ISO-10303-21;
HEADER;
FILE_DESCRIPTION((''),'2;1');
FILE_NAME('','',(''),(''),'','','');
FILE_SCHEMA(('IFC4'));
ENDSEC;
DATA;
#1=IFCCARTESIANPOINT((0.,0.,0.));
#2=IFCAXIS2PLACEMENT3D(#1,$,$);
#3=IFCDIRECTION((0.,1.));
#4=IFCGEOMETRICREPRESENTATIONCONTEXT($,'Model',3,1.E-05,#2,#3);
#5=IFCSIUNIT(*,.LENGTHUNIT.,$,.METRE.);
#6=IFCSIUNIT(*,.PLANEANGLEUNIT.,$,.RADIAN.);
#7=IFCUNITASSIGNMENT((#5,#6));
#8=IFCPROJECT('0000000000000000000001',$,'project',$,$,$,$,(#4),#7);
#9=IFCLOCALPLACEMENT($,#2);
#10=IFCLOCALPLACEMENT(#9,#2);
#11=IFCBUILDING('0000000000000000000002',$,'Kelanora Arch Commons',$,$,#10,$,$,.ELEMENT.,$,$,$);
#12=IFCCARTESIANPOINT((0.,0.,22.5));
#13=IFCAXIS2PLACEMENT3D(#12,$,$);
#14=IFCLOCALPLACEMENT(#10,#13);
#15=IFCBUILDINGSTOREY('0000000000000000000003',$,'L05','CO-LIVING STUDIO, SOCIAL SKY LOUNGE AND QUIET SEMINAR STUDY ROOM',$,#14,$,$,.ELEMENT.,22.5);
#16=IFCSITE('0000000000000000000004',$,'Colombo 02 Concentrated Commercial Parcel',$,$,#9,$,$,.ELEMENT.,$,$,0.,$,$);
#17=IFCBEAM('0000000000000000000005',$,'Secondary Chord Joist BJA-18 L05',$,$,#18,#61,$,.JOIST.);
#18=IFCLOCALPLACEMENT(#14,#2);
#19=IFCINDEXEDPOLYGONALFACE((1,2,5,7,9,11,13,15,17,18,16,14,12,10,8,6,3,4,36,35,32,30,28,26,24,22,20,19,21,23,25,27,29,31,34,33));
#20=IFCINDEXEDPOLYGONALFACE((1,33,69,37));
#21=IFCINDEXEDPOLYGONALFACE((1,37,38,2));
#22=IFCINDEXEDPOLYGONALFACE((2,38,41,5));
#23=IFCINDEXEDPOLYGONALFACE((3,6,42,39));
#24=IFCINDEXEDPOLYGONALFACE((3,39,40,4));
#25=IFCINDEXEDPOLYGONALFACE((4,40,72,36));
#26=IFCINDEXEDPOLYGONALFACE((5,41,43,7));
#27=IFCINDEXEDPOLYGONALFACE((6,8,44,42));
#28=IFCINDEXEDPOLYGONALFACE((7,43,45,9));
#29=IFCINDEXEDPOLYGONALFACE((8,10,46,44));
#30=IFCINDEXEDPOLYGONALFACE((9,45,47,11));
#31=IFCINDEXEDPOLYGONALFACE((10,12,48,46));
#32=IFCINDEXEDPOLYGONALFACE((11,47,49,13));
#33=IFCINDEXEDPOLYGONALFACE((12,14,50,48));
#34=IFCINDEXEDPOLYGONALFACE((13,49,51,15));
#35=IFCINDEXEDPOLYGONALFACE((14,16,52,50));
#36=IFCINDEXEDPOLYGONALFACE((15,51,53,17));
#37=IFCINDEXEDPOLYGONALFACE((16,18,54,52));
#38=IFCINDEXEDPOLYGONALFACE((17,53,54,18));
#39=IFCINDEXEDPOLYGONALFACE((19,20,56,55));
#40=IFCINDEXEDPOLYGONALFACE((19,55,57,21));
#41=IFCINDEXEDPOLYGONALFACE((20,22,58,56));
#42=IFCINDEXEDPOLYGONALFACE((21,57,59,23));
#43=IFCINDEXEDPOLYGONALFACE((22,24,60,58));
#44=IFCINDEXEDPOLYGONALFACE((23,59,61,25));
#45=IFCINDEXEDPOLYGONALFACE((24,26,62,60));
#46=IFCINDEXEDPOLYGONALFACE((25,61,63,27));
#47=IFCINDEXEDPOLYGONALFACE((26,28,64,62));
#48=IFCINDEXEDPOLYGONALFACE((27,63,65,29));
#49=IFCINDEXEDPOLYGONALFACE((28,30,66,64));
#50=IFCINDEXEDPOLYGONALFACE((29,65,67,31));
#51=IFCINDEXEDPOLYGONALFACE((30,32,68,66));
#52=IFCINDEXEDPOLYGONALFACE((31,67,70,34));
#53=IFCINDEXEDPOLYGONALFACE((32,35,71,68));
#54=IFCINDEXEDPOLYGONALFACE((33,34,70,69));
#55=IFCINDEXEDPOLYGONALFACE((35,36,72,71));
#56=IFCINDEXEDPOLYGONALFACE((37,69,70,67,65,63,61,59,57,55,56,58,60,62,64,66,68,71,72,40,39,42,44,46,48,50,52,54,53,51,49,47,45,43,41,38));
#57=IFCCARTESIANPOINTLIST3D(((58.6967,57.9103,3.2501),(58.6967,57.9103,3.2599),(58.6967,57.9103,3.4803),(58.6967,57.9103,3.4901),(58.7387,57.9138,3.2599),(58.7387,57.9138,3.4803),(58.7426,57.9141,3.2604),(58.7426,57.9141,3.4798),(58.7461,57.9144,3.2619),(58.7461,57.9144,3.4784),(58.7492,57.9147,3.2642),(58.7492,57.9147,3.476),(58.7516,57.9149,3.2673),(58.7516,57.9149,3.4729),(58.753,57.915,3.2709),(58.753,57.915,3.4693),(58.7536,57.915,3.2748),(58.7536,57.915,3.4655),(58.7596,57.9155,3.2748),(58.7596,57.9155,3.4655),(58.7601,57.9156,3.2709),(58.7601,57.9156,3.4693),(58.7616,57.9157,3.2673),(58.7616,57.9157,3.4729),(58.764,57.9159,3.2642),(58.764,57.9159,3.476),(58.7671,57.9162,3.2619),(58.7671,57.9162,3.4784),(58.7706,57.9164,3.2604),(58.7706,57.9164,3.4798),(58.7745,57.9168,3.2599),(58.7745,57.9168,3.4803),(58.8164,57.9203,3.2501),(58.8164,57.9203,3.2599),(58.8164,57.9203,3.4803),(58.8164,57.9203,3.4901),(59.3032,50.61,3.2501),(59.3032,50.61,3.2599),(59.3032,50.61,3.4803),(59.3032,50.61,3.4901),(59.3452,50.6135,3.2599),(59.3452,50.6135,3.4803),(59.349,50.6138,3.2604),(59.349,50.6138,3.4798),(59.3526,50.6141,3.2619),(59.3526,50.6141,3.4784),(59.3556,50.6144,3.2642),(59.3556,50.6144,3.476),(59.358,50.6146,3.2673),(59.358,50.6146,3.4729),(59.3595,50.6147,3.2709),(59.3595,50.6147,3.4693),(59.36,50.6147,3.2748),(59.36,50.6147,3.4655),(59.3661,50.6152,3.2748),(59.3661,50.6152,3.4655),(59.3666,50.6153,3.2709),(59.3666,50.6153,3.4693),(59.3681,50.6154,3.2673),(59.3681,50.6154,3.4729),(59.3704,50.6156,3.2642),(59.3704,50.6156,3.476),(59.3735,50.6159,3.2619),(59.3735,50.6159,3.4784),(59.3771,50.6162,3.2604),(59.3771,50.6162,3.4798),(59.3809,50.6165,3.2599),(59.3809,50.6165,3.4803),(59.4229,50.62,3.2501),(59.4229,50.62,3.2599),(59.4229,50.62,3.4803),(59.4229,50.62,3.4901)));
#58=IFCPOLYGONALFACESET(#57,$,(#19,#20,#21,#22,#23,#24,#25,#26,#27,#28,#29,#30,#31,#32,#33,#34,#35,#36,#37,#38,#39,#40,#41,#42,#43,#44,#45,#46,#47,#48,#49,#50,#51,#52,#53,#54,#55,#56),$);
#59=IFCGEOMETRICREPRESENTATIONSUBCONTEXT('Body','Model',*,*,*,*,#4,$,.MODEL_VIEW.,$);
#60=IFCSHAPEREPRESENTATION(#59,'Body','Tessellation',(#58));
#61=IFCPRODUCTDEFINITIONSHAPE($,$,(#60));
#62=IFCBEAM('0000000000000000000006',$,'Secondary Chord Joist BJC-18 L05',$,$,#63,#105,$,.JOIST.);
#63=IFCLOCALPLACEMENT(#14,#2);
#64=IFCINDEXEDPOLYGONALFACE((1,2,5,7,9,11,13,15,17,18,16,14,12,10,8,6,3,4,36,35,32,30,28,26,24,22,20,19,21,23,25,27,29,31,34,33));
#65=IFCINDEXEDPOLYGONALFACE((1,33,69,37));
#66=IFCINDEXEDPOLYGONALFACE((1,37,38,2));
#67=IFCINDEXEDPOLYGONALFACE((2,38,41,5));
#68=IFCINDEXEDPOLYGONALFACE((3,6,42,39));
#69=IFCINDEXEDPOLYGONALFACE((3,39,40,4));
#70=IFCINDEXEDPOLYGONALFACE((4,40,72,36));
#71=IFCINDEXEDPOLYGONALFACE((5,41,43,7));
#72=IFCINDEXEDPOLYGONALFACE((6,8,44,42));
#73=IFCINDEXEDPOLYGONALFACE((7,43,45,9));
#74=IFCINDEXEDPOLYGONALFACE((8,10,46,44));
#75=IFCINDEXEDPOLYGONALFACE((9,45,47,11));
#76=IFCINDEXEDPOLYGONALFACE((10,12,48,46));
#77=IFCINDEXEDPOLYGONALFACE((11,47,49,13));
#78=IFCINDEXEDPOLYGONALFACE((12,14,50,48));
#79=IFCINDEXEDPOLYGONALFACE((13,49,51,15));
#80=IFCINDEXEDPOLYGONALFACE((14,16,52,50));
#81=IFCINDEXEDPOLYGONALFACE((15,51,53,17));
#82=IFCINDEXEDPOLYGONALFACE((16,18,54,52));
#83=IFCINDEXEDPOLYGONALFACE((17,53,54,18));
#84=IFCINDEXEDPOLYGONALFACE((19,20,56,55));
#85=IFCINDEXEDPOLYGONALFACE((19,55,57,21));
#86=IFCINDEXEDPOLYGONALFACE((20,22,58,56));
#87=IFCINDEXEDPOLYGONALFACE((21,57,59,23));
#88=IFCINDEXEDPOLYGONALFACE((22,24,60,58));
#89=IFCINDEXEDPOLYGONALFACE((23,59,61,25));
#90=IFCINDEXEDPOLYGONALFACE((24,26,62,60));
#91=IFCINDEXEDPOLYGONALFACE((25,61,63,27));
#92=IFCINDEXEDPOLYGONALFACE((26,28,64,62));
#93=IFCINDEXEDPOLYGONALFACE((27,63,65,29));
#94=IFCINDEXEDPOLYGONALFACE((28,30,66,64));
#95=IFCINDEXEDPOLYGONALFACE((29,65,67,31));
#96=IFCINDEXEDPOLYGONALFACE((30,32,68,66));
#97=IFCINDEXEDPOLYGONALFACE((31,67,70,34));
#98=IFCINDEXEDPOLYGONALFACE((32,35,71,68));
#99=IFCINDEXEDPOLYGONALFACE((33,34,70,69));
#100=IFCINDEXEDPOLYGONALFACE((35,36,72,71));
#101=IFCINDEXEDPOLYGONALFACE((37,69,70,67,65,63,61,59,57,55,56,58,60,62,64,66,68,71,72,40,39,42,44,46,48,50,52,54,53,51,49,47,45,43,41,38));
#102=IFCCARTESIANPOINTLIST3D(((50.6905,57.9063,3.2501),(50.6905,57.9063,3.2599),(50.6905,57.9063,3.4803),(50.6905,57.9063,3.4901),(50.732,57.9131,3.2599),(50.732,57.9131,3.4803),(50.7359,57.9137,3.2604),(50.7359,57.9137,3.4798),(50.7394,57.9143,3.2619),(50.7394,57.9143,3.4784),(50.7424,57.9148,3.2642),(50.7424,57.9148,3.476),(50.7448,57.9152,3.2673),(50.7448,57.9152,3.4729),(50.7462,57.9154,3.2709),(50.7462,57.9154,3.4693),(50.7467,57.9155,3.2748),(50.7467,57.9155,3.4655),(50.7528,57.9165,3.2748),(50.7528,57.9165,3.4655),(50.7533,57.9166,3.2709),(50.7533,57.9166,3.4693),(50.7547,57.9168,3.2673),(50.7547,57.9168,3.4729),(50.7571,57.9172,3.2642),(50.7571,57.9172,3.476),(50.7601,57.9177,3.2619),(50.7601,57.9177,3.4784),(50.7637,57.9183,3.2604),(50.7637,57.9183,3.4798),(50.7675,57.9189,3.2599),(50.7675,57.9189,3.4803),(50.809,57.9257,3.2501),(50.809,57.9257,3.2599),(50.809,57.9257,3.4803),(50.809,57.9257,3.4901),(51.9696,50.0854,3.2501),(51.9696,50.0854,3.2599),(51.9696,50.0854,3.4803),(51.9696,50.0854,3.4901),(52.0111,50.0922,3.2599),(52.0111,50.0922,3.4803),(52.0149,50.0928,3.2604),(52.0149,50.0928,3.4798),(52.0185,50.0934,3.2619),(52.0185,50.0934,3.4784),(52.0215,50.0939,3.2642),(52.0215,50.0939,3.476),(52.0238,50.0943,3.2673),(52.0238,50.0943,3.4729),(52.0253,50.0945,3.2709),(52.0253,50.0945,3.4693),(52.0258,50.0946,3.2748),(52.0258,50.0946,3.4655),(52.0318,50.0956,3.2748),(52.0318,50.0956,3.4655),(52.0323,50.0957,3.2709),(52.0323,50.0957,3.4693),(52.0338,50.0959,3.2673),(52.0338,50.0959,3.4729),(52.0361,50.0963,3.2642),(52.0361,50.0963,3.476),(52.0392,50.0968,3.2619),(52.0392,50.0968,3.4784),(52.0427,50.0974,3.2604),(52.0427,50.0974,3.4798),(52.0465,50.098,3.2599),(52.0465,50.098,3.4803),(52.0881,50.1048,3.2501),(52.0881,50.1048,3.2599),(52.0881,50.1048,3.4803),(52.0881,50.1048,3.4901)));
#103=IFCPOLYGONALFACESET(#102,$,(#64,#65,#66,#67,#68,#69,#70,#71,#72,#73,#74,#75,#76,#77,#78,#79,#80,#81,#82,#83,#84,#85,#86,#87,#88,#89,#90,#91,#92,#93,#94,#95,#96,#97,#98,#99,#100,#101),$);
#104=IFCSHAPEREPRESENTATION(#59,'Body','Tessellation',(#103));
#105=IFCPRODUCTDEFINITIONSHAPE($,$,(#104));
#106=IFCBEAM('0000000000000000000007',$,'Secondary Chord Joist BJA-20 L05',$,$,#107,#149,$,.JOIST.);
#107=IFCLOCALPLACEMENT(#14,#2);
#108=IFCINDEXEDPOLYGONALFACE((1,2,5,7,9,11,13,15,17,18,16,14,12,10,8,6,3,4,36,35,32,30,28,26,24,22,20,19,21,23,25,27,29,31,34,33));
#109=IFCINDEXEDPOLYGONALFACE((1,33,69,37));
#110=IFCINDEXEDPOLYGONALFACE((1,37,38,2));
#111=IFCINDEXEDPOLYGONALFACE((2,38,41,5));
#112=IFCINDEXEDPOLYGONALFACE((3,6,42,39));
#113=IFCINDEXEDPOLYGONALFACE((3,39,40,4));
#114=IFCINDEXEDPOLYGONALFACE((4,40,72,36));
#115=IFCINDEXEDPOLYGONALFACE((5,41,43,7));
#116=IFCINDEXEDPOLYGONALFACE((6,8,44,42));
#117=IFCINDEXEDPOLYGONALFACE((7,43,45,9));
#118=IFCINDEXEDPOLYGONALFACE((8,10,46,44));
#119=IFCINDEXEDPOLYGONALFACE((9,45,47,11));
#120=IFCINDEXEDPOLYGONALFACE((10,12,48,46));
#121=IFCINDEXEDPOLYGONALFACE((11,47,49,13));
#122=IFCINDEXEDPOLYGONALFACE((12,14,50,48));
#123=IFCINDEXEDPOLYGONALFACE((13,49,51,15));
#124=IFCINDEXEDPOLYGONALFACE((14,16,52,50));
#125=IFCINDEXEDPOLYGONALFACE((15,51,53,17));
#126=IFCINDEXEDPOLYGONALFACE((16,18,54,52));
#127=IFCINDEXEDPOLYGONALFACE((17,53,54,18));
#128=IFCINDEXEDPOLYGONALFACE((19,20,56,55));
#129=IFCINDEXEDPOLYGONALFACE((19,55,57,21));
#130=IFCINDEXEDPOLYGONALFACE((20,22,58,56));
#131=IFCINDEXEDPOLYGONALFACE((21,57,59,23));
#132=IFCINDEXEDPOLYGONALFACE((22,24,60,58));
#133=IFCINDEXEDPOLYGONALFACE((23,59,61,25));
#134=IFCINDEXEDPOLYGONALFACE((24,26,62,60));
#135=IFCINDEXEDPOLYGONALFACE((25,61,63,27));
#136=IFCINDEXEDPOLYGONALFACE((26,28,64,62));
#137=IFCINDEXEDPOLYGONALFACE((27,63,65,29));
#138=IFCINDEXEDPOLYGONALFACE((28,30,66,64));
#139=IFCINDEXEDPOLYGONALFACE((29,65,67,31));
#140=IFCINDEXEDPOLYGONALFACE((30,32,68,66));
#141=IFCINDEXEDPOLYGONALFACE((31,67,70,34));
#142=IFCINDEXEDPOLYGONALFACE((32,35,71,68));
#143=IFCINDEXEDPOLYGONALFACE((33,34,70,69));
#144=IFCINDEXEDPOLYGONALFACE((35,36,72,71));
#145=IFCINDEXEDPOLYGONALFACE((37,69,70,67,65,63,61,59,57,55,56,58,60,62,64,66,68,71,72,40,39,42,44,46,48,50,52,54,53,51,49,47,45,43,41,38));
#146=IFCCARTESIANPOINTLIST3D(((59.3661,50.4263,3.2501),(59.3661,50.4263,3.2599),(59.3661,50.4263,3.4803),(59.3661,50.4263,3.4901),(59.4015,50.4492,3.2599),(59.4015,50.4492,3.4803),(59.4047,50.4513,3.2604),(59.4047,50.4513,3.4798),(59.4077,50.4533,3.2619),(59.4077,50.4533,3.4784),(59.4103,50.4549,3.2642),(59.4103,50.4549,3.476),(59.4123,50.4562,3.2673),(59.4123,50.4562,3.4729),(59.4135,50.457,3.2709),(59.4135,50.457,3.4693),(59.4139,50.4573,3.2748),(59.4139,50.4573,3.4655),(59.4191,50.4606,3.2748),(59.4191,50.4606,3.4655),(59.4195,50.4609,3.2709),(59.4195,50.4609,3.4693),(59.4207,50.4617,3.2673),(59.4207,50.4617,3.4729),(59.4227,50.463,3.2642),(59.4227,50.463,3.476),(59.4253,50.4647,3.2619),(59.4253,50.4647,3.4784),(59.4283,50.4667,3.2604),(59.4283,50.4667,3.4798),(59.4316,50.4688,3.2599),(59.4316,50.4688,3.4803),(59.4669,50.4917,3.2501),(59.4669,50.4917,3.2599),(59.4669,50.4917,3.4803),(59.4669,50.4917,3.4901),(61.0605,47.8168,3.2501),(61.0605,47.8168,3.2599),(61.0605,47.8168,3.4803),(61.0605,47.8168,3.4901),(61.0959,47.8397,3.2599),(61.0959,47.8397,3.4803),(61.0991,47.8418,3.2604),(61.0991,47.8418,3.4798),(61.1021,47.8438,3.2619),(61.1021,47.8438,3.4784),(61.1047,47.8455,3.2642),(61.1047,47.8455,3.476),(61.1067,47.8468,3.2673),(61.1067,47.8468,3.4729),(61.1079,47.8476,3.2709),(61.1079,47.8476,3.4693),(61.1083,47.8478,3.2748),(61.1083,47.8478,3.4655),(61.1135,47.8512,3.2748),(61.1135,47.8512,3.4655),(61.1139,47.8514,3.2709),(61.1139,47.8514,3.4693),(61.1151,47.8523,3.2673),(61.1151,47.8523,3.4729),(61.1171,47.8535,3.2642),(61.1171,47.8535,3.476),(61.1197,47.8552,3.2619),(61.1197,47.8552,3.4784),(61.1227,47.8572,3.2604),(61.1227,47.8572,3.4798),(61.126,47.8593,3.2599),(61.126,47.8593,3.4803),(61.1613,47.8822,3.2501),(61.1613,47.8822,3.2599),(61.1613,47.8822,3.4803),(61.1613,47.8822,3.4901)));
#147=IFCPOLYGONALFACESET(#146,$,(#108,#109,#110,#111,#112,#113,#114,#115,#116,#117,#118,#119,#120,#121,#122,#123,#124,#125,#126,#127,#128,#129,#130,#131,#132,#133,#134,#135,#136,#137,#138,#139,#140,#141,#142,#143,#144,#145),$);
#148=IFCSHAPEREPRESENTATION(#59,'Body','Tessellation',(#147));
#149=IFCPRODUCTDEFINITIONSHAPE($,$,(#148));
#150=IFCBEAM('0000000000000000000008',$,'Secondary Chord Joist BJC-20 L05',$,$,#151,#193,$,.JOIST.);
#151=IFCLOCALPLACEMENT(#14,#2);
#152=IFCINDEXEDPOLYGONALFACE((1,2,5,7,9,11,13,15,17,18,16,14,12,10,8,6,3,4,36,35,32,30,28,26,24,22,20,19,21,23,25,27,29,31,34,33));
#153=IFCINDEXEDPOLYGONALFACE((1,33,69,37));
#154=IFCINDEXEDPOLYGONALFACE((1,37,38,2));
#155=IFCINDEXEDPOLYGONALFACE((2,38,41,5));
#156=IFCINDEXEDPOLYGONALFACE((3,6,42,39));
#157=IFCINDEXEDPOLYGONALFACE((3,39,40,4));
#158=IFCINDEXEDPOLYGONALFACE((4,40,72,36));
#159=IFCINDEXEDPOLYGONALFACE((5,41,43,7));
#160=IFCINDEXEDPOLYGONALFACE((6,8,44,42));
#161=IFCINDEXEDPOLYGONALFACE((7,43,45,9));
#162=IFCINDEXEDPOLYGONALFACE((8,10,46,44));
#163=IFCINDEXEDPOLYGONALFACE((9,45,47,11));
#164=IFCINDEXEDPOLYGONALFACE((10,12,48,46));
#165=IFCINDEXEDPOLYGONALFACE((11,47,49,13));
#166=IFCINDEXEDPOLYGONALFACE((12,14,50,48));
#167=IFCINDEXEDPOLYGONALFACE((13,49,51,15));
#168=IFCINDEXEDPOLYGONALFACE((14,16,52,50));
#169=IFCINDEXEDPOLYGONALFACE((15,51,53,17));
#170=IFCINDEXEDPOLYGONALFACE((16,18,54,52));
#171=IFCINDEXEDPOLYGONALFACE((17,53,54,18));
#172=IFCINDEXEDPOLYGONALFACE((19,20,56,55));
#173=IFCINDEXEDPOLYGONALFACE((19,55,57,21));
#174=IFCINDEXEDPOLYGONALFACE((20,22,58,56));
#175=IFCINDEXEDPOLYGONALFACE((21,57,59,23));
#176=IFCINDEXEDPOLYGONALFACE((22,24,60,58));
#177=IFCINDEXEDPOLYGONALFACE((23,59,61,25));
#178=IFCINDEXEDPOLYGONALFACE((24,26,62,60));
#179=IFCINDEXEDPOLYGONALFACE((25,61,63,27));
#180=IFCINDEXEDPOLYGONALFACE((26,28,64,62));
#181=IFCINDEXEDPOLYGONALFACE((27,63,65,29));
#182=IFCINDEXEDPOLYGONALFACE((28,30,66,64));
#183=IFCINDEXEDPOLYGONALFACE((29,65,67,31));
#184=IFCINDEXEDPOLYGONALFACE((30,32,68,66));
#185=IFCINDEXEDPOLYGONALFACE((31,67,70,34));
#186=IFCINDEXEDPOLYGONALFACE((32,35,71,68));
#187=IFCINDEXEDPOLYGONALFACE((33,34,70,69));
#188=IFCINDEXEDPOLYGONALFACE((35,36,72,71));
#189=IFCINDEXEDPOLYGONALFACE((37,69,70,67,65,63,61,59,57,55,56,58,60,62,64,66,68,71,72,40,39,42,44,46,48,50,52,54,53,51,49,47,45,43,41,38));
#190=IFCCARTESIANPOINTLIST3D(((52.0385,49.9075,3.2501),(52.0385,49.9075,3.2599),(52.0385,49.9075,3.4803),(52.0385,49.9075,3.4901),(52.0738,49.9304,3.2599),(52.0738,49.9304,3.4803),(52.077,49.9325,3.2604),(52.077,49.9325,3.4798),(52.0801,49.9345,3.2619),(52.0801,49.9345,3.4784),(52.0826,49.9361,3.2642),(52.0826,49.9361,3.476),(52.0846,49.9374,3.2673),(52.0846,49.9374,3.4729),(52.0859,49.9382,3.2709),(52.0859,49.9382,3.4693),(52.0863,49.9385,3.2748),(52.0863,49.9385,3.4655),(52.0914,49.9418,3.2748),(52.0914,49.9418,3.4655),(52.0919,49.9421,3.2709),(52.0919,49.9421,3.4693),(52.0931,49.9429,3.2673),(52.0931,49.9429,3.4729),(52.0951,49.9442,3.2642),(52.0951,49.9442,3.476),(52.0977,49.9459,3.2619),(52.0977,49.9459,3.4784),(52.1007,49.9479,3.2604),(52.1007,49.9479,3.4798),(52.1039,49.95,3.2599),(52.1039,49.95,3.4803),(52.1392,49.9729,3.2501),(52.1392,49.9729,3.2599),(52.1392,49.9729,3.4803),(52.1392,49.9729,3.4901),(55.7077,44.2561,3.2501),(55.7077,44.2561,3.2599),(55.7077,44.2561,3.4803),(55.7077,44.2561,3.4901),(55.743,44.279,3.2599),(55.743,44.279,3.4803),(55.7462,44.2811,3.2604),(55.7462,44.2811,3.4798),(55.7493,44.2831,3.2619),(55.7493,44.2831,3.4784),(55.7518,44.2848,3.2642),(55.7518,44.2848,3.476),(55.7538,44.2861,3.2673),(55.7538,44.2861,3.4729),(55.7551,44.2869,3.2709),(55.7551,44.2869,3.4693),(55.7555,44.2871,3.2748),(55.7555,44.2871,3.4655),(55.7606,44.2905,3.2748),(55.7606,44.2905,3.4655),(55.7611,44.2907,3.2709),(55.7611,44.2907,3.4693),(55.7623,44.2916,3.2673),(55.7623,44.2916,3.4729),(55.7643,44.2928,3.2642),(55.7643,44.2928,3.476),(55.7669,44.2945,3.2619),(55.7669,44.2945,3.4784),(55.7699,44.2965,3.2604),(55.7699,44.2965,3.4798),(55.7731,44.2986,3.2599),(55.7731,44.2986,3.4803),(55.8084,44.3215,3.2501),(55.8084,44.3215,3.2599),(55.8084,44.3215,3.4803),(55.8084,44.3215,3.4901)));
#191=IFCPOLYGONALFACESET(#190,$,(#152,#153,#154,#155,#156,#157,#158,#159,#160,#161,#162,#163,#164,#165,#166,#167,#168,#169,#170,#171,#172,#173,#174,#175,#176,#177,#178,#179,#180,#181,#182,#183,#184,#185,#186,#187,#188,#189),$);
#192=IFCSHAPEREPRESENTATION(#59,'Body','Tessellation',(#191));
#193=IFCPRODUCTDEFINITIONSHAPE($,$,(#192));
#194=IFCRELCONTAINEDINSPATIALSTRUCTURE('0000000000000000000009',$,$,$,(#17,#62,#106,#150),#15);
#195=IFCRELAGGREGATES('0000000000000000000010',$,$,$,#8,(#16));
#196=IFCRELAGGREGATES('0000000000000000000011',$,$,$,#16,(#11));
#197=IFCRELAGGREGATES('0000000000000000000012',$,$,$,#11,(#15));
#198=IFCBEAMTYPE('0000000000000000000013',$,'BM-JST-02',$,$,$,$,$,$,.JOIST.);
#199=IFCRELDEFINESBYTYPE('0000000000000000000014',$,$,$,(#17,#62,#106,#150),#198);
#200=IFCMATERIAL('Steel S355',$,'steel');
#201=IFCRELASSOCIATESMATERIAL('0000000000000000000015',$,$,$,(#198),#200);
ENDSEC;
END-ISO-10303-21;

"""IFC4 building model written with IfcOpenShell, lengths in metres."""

from ifc_helpers import new_model, si_unit, direction, frame, origin, origin_2d, place, context, subcontext, project, spatial, i_section, extrude, material, material_profile, profile_set, type_object, element, save


model = new_model("IFC4")

# Units and contexts
model_context = context("Model", 3, precision=1e-05, world=origin(), true_north=direction((0.0, 1.0)))
body_context = subcontext(model_context, "Body", "Model", "MODEL_VIEW")
ifc_project = project(units=[si_unit("LENGTHUNIT", "METRE"), si_unit("PLANEANGLEUNIT", "RADIAN")], contexts=[model_context])

# Site, building, storey
site_placement = place(None, origin())
site = spatial("IfcSite", under=ifc_project, at=site_placement, Name="Colombo 02 Concentrated Commercial Parcel", CompositionType="ELEMENT", RefElevation=0.0)
building_placement = place(site_placement, origin())
building = spatial("IfcBuilding", under=site, at=building_placement, Name="Kelanora Arch Commons", CompositionType="ELEMENT")
storey_placement = place(building_placement, frame((0.0, 0.0, 22.5)))
storey = spatial("IfcBuildingStorey", under=building, at=storey_placement, Name="L05", Description="CO-LIVING STUDIO, SOCIAL SKY LOUNGE AND QUIET SEMINAR STUDY ROOM", CompositionType="ELEMENT", Elevation=22.5)

# Beams
ifc_material_1 = material(Name="Steel S355", Category="steel")
ifc_material_profile_1 = material_profile(ifc_material_1, i_section(OverallWidth=0.1201, OverallDepth=0.24, WebThickness=0.0061, FlangeThickness=0.0098, FilletRadius=0.0149, at=origin_2d()), Name="IPE240")
ifc_profile_set_1 = profile_set([ifc_material_profile_1], Name="Steel S355")
beam_type_1 = type_object("IfcBeamType", Name="BM-JST-02", PredefinedType="JOIST", material=ifc_profile_set_1)
beam_1_placement = place(storey_placement, frame((58.7566, 57.9153, 3.3701), z_axis=(0.082786, -0.996567, 0.0), x_axis=(0.996567, 0.082786, 0.0)))
element("IfcBeam", 1, at=beam_1_placement, inside=storey, type_object=beam_type_1, Name="Secondary Chord Joist BJA-18 L05", PredefinedType="JOIST", context=body_context, shape_type="SweptSolid", body=[
    extrude(i_section(OverallWidth=0.1201, OverallDepth=0.24, WebThickness=0.0061, FlangeThickness=0.0098, FilletRadius=0.0149, at=origin_2d()), origin(), (0.0, 0.0, 1.0), 7.3254),
])
beam_2_placement = place(storey_placement, frame((50.7498, 57.916, 3.3701), z_axis=(0.161401, -0.986889, 0.0), x_axis=(0.986889, 0.161401, 0.0)))
element("IfcBeam", 2, at=beam_2_placement, inside=storey, type_object=beam_type_1, Name="Secondary Chord Joist BJC-18 L05", PredefinedType="JOIST", context=body_context, shape_type="SweptSolid", body=[
    extrude(i_section(OverallWidth=0.1201, OverallDepth=0.24, WebThickness=0.0061, FlangeThickness=0.0098, FilletRadius=0.0149, at=origin_2d()), origin(), (0.0, 0.0, 1.0), 7.9248),
])
beam_3_placement = place(storey_placement, frame((59.4165, 50.459, 3.3701), z_axis=(0.544591, -0.838702, 0.0), x_axis=(0.838702, 0.544591, 0.0)))
element("IfcBeam", 3, at=beam_3_placement, inside=storey, type_object=beam_type_1, Name="Secondary Chord Joist BJA-20 L05", PredefinedType="JOIST", context=body_context, shape_type="SweptSolid", body=[
    extrude(i_section(OverallWidth=0.1201, OverallDepth=0.24, WebThickness=0.0061, FlangeThickness=0.0098, FilletRadius=0.0149, at=origin_2d()), origin(), (0.0, 0.0, 1.0), 3.1113),
])
beam_4_placement = place(storey_placement, frame((52.0889, 49.9402, 3.3701), z_axis=(0.54455, -0.838728, 0.0), x_axis=(0.838728, 0.54455, 0.0)))
element("IfcBeam", 4, at=beam_4_placement, inside=storey, type_object=beam_type_1, Name="Secondary Chord Joist BJC-20 L05", PredefinedType="JOIST", context=body_context, shape_type="SweptSolid", body=[
    extrude(i_section(OverallWidth=0.1201, OverallDepth=0.24, WebThickness=0.0061, FlangeThickness=0.0098, FilletRadius=0.0149, at=origin_2d()), origin(), (0.0, 0.0, 1.0), 6.738),
])

save(model, "model.ifc")
